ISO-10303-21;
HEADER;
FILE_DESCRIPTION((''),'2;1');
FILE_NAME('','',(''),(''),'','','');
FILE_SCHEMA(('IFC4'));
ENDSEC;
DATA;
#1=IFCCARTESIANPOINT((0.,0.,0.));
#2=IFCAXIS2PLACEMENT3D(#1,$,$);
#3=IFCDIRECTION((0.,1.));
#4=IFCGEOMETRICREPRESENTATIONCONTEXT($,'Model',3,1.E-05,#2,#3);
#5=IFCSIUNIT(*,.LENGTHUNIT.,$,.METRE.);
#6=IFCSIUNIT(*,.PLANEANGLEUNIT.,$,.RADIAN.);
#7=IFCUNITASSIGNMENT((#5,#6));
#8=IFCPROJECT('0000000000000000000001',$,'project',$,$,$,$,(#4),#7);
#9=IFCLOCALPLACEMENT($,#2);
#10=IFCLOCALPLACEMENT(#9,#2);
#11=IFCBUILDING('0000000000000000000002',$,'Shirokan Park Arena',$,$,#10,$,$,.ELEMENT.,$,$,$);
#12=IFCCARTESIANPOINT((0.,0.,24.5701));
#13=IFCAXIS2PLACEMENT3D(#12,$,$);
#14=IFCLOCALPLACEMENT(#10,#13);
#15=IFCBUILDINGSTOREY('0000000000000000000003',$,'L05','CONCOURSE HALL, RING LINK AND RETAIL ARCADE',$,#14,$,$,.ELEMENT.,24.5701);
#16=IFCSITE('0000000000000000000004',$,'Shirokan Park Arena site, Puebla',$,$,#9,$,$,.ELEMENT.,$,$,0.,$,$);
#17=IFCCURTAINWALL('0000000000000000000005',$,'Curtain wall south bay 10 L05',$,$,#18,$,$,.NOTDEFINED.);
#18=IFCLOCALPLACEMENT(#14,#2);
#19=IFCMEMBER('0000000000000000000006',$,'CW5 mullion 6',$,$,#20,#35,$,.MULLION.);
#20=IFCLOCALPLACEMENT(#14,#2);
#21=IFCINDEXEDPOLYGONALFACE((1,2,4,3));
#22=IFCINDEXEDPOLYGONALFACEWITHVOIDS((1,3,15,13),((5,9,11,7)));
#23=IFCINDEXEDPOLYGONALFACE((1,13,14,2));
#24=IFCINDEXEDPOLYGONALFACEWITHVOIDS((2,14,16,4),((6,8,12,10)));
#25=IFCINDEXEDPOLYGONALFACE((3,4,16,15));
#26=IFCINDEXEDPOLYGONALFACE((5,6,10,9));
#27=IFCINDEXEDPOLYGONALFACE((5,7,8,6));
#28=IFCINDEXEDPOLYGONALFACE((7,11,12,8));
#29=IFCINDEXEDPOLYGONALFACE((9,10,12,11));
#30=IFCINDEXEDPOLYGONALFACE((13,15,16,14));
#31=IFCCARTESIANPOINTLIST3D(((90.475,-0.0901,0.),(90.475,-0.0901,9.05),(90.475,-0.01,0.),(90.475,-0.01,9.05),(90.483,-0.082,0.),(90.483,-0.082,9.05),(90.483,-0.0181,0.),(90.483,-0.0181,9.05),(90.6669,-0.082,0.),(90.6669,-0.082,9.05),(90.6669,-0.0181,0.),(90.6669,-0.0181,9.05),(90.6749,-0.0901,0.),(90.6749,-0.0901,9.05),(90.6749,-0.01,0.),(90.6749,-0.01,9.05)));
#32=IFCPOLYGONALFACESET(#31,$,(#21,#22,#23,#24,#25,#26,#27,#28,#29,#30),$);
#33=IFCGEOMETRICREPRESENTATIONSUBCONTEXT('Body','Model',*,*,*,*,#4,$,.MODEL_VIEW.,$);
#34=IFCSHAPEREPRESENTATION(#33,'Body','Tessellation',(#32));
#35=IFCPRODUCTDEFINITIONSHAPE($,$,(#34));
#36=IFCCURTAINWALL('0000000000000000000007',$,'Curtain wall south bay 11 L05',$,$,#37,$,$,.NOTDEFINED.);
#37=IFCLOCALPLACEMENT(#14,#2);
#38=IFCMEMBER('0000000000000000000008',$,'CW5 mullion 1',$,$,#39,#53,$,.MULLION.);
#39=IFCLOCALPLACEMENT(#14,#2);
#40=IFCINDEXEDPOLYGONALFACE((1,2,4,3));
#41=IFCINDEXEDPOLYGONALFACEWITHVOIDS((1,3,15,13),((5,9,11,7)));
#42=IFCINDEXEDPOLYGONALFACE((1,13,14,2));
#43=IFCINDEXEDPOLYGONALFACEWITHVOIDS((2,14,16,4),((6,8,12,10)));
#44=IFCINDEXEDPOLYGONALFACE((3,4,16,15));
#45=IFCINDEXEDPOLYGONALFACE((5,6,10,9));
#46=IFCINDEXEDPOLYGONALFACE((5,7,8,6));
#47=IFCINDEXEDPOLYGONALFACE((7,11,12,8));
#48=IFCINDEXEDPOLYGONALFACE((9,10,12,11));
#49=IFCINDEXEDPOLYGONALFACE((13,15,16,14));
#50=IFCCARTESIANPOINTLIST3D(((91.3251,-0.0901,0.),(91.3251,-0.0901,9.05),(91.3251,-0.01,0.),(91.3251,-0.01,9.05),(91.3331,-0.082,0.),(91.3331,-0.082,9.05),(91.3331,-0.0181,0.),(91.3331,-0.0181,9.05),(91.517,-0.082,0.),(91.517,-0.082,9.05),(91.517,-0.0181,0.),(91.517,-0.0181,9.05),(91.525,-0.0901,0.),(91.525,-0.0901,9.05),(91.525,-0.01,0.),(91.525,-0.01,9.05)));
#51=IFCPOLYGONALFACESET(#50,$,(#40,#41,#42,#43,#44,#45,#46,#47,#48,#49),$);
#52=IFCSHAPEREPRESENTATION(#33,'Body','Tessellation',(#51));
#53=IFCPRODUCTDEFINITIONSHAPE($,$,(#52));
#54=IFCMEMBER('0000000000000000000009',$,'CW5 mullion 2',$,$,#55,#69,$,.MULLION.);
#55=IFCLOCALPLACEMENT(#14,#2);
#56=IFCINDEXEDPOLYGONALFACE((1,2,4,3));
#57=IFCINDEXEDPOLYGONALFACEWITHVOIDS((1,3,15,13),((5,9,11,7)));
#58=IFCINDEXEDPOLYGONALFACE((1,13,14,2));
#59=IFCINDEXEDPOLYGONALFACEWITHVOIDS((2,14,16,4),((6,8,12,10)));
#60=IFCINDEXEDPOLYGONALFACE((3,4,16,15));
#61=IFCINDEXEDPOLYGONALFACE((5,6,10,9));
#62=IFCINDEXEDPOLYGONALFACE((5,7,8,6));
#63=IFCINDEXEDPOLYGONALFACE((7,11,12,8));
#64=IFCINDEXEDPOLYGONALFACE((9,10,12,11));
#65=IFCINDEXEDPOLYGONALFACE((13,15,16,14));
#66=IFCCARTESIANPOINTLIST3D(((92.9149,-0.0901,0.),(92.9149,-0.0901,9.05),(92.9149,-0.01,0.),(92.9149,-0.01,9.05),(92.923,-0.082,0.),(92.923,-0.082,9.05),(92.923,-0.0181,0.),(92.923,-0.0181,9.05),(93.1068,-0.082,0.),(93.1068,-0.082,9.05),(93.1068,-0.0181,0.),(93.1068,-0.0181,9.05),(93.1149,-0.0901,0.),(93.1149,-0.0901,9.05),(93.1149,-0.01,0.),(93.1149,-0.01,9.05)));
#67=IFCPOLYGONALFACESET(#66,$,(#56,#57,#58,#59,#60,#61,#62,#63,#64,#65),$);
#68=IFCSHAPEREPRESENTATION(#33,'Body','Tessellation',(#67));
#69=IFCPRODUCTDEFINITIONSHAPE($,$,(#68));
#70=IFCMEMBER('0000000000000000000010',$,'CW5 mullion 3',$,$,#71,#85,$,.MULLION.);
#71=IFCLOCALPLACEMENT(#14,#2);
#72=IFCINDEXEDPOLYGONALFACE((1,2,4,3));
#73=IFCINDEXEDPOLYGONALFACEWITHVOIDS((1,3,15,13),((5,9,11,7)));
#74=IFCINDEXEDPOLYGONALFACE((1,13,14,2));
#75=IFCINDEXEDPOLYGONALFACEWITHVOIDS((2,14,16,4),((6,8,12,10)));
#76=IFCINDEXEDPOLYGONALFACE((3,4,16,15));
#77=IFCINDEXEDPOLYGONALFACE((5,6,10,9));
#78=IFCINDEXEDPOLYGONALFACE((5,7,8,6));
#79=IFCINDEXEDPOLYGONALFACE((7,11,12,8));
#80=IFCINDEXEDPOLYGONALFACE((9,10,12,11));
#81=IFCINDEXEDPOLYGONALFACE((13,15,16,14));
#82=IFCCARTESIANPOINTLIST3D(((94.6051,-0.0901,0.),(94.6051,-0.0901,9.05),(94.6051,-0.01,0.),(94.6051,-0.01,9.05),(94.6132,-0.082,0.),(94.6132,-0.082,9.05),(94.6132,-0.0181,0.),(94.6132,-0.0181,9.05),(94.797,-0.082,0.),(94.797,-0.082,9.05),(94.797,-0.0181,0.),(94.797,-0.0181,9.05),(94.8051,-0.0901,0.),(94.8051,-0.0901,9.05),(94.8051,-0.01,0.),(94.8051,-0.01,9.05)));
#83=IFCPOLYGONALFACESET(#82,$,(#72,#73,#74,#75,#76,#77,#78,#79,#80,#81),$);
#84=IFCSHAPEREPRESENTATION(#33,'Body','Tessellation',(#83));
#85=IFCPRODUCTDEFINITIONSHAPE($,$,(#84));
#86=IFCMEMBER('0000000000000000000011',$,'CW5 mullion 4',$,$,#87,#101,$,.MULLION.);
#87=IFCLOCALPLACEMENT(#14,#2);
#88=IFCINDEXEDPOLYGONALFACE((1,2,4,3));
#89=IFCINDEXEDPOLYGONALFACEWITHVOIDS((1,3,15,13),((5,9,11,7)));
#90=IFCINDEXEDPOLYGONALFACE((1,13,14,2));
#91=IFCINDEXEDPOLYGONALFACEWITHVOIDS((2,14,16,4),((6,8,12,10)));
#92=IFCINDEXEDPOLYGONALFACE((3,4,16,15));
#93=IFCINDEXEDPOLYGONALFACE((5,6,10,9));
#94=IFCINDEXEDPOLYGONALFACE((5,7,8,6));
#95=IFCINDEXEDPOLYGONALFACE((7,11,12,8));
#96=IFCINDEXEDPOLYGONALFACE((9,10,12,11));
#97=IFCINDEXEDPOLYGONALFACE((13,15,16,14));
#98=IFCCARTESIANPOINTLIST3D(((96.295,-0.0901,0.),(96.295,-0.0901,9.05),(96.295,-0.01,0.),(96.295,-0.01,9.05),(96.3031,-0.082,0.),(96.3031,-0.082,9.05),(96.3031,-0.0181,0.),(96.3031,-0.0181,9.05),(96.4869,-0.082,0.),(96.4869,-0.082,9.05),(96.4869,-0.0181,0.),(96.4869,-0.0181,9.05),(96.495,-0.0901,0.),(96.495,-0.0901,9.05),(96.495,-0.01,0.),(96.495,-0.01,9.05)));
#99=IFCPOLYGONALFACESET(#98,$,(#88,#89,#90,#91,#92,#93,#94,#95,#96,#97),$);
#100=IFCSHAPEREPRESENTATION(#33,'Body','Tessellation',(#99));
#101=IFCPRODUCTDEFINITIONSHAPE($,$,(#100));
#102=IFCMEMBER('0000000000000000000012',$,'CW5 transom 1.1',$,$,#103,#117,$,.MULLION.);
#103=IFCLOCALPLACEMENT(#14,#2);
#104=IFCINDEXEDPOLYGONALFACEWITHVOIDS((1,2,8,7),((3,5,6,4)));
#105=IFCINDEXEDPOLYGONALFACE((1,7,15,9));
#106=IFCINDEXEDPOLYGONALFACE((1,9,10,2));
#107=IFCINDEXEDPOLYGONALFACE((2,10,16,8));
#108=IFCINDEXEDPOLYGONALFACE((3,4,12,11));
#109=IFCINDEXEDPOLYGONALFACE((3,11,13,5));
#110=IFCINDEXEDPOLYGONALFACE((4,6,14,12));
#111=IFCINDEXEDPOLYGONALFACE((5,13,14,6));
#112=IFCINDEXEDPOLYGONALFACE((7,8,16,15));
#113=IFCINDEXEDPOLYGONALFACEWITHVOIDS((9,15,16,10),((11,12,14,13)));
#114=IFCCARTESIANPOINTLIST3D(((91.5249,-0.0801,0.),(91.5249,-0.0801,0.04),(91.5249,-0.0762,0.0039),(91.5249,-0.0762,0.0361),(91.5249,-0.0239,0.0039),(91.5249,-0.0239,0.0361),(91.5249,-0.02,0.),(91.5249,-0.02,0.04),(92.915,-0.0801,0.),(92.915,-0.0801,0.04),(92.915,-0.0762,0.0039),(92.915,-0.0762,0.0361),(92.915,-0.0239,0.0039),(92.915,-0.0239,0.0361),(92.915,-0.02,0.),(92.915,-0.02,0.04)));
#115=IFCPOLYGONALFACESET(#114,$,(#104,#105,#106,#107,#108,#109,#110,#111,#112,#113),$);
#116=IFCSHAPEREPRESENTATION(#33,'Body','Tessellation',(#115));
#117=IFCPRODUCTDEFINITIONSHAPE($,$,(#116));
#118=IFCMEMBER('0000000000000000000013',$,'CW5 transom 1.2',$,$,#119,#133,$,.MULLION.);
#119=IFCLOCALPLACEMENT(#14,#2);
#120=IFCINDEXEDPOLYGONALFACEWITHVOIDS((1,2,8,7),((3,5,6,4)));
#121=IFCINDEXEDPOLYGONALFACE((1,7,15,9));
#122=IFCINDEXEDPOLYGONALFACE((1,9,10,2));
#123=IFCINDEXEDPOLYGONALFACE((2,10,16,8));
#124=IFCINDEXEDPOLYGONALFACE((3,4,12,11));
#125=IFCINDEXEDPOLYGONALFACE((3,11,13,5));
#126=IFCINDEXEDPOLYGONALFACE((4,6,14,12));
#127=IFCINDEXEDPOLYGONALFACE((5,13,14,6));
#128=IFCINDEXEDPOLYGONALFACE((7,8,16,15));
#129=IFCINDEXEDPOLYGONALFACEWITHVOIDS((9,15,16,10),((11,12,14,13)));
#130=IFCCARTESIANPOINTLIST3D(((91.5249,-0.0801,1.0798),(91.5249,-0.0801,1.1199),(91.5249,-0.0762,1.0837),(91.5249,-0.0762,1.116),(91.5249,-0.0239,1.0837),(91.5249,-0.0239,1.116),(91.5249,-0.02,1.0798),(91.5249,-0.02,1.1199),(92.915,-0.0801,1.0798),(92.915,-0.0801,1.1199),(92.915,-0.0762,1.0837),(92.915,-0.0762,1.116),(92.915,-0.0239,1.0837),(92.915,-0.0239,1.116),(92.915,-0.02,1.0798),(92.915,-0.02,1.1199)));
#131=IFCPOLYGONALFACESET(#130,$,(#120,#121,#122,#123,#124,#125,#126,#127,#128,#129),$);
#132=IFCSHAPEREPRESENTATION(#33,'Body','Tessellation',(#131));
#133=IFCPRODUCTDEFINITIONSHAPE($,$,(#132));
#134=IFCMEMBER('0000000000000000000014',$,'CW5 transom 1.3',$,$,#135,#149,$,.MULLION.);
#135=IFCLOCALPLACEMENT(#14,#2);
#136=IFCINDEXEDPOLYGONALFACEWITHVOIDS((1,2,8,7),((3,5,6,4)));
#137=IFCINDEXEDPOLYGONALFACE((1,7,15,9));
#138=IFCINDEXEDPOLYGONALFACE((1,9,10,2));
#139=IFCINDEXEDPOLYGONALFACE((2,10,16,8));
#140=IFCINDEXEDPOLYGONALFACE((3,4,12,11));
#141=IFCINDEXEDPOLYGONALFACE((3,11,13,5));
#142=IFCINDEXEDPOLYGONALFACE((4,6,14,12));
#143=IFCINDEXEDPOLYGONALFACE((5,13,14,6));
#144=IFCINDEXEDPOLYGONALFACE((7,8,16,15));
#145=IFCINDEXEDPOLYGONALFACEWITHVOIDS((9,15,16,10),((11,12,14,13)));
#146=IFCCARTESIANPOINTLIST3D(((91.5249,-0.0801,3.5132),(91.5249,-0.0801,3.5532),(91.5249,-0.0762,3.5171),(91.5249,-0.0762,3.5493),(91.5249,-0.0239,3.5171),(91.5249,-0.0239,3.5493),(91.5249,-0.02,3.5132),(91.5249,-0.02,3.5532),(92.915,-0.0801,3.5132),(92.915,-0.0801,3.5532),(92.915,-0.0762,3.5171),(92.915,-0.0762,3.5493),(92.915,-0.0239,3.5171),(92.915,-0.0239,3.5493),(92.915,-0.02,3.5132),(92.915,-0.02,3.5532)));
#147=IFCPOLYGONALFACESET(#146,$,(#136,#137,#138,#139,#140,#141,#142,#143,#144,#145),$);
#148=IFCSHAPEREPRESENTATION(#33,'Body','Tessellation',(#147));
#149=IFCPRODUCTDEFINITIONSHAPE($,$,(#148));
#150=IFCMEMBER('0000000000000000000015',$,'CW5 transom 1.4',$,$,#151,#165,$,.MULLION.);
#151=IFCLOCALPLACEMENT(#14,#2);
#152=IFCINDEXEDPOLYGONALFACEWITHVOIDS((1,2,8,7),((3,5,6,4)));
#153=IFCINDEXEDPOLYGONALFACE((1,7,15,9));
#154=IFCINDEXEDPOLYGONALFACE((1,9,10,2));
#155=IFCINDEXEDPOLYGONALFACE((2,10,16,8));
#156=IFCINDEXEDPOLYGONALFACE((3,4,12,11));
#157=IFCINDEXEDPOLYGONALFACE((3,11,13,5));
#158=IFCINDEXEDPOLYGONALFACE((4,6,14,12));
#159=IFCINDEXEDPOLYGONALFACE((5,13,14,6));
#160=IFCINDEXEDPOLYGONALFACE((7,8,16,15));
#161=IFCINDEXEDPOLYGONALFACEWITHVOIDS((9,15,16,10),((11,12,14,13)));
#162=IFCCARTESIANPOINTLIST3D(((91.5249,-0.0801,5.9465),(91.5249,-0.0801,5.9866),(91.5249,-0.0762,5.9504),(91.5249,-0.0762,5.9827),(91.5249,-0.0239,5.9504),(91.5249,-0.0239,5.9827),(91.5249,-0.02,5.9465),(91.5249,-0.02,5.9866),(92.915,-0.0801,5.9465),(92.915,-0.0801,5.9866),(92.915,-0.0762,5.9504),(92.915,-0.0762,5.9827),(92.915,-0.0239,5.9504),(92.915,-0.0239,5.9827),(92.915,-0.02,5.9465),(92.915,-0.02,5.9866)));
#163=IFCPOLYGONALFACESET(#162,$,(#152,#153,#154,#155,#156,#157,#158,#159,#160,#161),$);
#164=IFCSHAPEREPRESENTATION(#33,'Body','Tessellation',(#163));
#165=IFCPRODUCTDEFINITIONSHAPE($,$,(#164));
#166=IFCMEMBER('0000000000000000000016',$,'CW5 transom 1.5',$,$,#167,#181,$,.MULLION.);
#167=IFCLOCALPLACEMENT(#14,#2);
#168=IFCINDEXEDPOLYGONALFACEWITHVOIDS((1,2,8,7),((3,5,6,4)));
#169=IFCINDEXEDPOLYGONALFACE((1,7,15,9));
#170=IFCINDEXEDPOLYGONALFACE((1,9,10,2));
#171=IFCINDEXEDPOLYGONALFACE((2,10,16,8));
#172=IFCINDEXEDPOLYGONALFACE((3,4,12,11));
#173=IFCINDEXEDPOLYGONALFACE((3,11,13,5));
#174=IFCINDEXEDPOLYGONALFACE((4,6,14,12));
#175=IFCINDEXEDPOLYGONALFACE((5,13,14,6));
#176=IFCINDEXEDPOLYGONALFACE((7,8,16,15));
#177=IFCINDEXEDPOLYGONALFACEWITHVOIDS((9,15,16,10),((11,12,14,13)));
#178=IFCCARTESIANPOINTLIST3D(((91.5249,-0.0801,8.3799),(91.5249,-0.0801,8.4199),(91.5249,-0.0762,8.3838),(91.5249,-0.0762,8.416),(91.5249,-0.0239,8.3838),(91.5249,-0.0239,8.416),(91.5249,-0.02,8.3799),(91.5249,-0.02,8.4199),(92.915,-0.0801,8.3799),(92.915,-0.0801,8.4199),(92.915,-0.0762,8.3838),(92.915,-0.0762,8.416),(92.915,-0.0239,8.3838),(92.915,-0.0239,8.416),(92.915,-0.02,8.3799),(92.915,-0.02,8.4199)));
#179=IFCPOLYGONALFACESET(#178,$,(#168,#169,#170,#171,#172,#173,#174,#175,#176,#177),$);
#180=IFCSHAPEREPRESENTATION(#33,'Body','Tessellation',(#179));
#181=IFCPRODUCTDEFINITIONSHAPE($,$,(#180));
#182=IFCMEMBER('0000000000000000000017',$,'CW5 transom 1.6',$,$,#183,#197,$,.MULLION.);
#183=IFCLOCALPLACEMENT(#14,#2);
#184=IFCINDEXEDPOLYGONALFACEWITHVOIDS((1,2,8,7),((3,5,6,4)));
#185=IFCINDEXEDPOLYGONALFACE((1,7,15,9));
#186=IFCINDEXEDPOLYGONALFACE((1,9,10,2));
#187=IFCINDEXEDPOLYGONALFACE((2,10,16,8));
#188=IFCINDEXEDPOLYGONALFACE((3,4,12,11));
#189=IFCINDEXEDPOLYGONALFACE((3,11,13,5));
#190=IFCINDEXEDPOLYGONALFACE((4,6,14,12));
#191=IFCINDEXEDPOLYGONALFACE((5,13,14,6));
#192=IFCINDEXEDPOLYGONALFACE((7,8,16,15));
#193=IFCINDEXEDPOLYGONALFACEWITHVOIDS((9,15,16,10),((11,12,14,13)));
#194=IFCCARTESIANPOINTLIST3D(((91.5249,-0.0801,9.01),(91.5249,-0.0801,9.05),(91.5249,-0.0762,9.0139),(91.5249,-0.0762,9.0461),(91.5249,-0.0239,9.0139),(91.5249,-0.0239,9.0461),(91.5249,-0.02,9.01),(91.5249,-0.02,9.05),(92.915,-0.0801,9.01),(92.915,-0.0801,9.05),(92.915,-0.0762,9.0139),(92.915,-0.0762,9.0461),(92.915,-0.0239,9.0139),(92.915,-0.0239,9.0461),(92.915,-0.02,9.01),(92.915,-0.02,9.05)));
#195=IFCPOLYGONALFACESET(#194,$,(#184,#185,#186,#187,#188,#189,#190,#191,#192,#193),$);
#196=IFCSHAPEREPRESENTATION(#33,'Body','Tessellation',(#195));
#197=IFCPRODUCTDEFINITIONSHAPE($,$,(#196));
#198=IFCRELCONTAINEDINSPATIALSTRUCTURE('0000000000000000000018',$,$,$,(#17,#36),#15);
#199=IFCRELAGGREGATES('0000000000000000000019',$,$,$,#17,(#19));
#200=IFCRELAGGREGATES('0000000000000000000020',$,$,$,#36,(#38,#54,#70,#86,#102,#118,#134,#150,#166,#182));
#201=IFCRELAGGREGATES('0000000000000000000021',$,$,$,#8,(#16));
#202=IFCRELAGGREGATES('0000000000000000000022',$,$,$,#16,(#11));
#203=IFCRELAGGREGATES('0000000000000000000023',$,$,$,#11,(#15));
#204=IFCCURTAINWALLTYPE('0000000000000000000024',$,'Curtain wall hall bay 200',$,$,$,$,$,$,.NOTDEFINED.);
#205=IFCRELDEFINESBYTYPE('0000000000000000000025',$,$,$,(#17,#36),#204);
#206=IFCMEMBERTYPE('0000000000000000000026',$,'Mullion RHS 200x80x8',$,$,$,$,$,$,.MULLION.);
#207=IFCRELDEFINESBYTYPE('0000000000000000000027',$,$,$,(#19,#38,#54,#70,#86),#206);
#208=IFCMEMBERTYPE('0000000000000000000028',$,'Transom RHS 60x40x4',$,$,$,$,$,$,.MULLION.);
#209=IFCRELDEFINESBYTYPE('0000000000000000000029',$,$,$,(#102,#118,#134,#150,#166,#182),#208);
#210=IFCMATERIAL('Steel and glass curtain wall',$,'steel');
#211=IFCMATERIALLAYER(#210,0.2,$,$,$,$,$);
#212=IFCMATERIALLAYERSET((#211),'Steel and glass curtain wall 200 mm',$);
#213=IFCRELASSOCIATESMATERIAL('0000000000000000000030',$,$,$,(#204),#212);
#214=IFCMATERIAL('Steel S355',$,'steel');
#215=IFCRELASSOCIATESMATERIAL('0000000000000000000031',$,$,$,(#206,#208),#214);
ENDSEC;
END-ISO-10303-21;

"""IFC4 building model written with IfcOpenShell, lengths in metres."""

from ifc_helpers import new_model, si_unit, direction, frame, origin, origin_2d, place, context, subcontext, project, spatial, hollow_rectangle, extrude, material, layer, layer_set, material_profile, profile_set, type_object, element, aggregate, save


model = new_model("IFC4")

# Units and contexts
model_context = context("Model", 3, precision=1e-05, world=origin(), true_north=direction((0.0, 1.0)))
body_context = subcontext(model_context, "Body", "Model", "MODEL_VIEW")
ifc_project = project(units=[si_unit("LENGTHUNIT", "METRE"), si_unit("PLANEANGLEUNIT", "RADIAN")], contexts=[model_context])

# Site, building, storey
site_placement = place(None, origin())
site = spatial("IfcSite", under=ifc_project, at=site_placement, Name="Shirokan Park Arena site, Puebla", CompositionType="ELEMENT", RefElevation=0.0)
building_placement = place(site_placement, origin())
building = spatial("IfcBuilding", under=site, at=building_placement, Name="Shirokan Park Arena", CompositionType="ELEMENT")
storey_placement = place(building_placement, frame((0.0, 0.0, 24.5701)))
storey = spatial("IfcBuildingStorey", under=building, at=storey_placement, Name="L05", Description="CONCOURSE HALL, RING LINK AND RETAIL ARCADE", CompositionType="ELEMENT", Elevation=24.5701)

# Curtain wall, member
ifc_material_1 = material(Name="Steel and glass curtain wall", Category="steel")
ifc_layer_1 = layer(ifc_material_1, 0.2)
ifc_layer_set_1 = layer_set([ifc_layer_1], Name="Steel and glass curtain wall 200 mm")
curtain_wall_type = type_object("IfcCurtainWallType", Name="Curtain wall hall bay 200", PredefinedType="NOTDEFINED", material=ifc_layer_set_1)
curtain_wall_1_placement = place(storey_placement, origin())
curtain_wall_1 = element("IfcCurtainWall", 1, at=curtain_wall_1_placement, inside=storey, type_object=curtain_wall_type, Name="Curtain wall south bay 10 L05", PredefinedType="NOTDEFINED")
ifc_material_2 = material(Name="Steel S355", Category="steel")
ifc_material_profile_1 = material_profile(ifc_material_2, hollow_rectangle(XDim=0.0801, YDim=0.2, WallThickness=0.0081, at=origin_2d()), Name="RHS 200x80x8")
ifc_profile_set_1 = profile_set([ifc_material_profile_1], Name="Steel S355")
member_type_1 = type_object("IfcMemberType", Name="Mullion RHS 200x80x8", PredefinedType="MULLION", material=ifc_profile_set_1)
member_1_placement = place(storey_placement, frame((90.575, -0.05, 0.0), z_axis=(0.0, 0.0, 1.0), x_axis=(0.0, 1.0, 0.0)))
member_1 = element("IfcMember", 2, at=member_1_placement, type_object=member_type_1, Name="CW5 mullion 6", PredefinedType="MULLION", context=body_context, shape_type="SweptSolid", body=[
    extrude(hollow_rectangle(XDim=0.0801, YDim=0.2, WallThickness=0.0081, at=origin_2d()), origin(), (0.0, 0.0, 1.0), 9.05),
])
aggregate(curtain_wall_1, [member_1])

# Curtain wall, members
curtain_wall_2_placement = place(storey_placement, origin())
curtain_wall_2 = element("IfcCurtainWall", 3, at=curtain_wall_2_placement, inside=storey, type_object=curtain_wall_type, Name="Curtain wall south bay 11 L05", PredefinedType="NOTDEFINED")
member_2_placement = place(storey_placement, frame((91.425, -0.05, 0.0), z_axis=(0.0, 0.0, 1.0), x_axis=(0.0, 1.0, 0.0)))
member_2 = element("IfcMember", 4, at=member_2_placement, type_object=member_type_1, Name="CW5 mullion 1", PredefinedType="MULLION", context=body_context, shape_type="SweptSolid", body=[
    extrude(hollow_rectangle(XDim=0.0801, YDim=0.2, WallThickness=0.0081, at=origin_2d()), origin(), (0.0, 0.0, 1.0), 9.05),
])
member_3_placement = place(storey_placement, frame((93.0149, -0.05, 0.0), z_axis=(0.0, 0.0, 1.0), x_axis=(0.0, 1.0, 0.0)))
member_3 = element("IfcMember", 5, at=member_3_placement, type_object=member_type_1, Name="CW5 mullion 2", PredefinedType="MULLION", context=body_context, shape_type="SweptSolid", body=[
    extrude(hollow_rectangle(XDim=0.0801, YDim=0.2, WallThickness=0.0081, at=origin_2d()), origin(), (0.0, 0.0, 1.0), 9.05),
])
member_4_placement = place(storey_placement, frame((94.7051, -0.05, 0.0), z_axis=(0.0, 0.0, 1.0), x_axis=(0.0, 1.0, 0.0)))
member_4 = element("IfcMember", 6, at=member_4_placement, type_object=member_type_1, Name="CW5 mullion 3", PredefinedType="MULLION", context=body_context, shape_type="SweptSolid", body=[
    extrude(hollow_rectangle(XDim=0.0801, YDim=0.2, WallThickness=0.0081, at=origin_2d()), origin(), (0.0, 0.0, 1.0), 9.05),
])
member_5_placement = place(storey_placement, frame((96.395, -0.05, 0.0), z_axis=(0.0, 0.0, 1.0), x_axis=(0.0, 1.0, 0.0)))
member_5 = element("IfcMember", 7, at=member_5_placement, type_object=member_type_1, Name="CW5 mullion 4", PredefinedType="MULLION", context=body_context, shape_type="SweptSolid", body=[
    extrude(hollow_rectangle(XDim=0.0801, YDim=0.2, WallThickness=0.0081, at=origin_2d()), origin(), (0.0, 0.0, 1.0), 9.05),
])
ifc_material_profile_2 = material_profile(ifc_material_2, hollow_rectangle(XDim=0.0601, YDim=0.04, WallThickness=0.0039, at=origin_2d()), Name="RHS 60x40x4")
ifc_profile_set_2 = profile_set([ifc_material_profile_2], Name="Steel S355")
member_type_2 = type_object("IfcMemberType", Name="Transom RHS 60x40x4", PredefinedType="MULLION", material=ifc_profile_set_2)
member_6_placement = place(storey_placement, frame((91.5249, -0.05, 0.02), z_axis=(1.0, 0.0, 0.0), x_axis=(0.0, 1.0, 0.0)))
member_6 = element("IfcMember", 8, at=member_6_placement, type_object=member_type_2, Name="CW5 transom 1.1", PredefinedType="MULLION", context=body_context, shape_type="SweptSolid", body=[
    extrude(hollow_rectangle(XDim=0.0601, YDim=0.04, WallThickness=0.0039, at=origin_2d()), origin(), (0.0, 0.0, 1.0), 1.3901),
])
member_7_placement = place(storey_placement, frame((91.5249, -0.05, 1.0999), z_axis=(1.0, 0.0, 0.0), x_axis=(0.0, 1.0, 0.0)))
member_7 = element("IfcMember", 9, at=member_7_placement, type_object=member_type_2, Name="CW5 transom 1.2", PredefinedType="MULLION", context=body_context, shape_type="SweptSolid", body=[
    extrude(hollow_rectangle(XDim=0.0601, YDim=0.04, WallThickness=0.0039, at=origin_2d()), origin(), (0.0, 0.0, 1.0), 1.3901),
])
member_8_placement = place(storey_placement, frame((91.5249, -0.05, 3.5332), z_axis=(1.0, 0.0, 0.0), x_axis=(0.0, 1.0, 0.0)))
member_8 = element("IfcMember", 10, at=member_8_placement, type_object=member_type_2, Name="CW5 transom 1.3", PredefinedType="MULLION", context=body_context, shape_type="SweptSolid", body=[
    extrude(hollow_rectangle(XDim=0.0601, YDim=0.04, WallThickness=0.0039, at=origin_2d()), origin(), (0.0, 0.0, 1.0), 1.3901),
])
member_9_placement = place(storey_placement, frame((91.5249, -0.05, 5.9666), z_axis=(1.0, 0.0, 0.0), x_axis=(0.0, 1.0, 0.0)))
member_9 = element("IfcMember", 11, at=member_9_placement, type_object=member_type_2, Name="CW5 transom 1.4", PredefinedType="MULLION", context=body_context, shape_type="SweptSolid", body=[
    extrude(hollow_rectangle(XDim=0.0601, YDim=0.04, WallThickness=0.0039, at=origin_2d()), origin(), (0.0, 0.0, 1.0), 1.3901),
])
member_10_placement = place(storey_placement, frame((91.5249, -0.05, 8.3999), z_axis=(1.0, 0.0, 0.0), x_axis=(0.0, 1.0, 0.0)))
member_10 = element("IfcMember", 12, at=member_10_placement, type_object=member_type_2, Name="CW5 transom 1.5", PredefinedType="MULLION", context=body_context, shape_type="SweptSolid", body=[
    extrude(hollow_rectangle(XDim=0.0601, YDim=0.04, WallThickness=0.0039, at=origin_2d()), origin(), (0.0, 0.0, 1.0), 1.3901),
])
member_11_placement = place(storey_placement, frame((91.5249, -0.05, 9.03), z_axis=(1.0, 0.0, 0.0), x_axis=(0.0, 1.0, 0.0)))
member_11 = element("IfcMember", 13, at=member_11_placement, type_object=member_type_2, Name="CW5 transom 1.6", PredefinedType="MULLION", context=body_context, shape_type="SweptSolid", body=[
    extrude(hollow_rectangle(XDim=0.0601, YDim=0.04, WallThickness=0.0039, at=origin_2d()), origin(), (0.0, 0.0, 1.0), 1.3901),
])
aggregate(curtain_wall_2, [member_2, member_3, member_4, member_5, member_6, member_7, member_8, member_9, member_10, member_11])

save(model, "model.ifc")
